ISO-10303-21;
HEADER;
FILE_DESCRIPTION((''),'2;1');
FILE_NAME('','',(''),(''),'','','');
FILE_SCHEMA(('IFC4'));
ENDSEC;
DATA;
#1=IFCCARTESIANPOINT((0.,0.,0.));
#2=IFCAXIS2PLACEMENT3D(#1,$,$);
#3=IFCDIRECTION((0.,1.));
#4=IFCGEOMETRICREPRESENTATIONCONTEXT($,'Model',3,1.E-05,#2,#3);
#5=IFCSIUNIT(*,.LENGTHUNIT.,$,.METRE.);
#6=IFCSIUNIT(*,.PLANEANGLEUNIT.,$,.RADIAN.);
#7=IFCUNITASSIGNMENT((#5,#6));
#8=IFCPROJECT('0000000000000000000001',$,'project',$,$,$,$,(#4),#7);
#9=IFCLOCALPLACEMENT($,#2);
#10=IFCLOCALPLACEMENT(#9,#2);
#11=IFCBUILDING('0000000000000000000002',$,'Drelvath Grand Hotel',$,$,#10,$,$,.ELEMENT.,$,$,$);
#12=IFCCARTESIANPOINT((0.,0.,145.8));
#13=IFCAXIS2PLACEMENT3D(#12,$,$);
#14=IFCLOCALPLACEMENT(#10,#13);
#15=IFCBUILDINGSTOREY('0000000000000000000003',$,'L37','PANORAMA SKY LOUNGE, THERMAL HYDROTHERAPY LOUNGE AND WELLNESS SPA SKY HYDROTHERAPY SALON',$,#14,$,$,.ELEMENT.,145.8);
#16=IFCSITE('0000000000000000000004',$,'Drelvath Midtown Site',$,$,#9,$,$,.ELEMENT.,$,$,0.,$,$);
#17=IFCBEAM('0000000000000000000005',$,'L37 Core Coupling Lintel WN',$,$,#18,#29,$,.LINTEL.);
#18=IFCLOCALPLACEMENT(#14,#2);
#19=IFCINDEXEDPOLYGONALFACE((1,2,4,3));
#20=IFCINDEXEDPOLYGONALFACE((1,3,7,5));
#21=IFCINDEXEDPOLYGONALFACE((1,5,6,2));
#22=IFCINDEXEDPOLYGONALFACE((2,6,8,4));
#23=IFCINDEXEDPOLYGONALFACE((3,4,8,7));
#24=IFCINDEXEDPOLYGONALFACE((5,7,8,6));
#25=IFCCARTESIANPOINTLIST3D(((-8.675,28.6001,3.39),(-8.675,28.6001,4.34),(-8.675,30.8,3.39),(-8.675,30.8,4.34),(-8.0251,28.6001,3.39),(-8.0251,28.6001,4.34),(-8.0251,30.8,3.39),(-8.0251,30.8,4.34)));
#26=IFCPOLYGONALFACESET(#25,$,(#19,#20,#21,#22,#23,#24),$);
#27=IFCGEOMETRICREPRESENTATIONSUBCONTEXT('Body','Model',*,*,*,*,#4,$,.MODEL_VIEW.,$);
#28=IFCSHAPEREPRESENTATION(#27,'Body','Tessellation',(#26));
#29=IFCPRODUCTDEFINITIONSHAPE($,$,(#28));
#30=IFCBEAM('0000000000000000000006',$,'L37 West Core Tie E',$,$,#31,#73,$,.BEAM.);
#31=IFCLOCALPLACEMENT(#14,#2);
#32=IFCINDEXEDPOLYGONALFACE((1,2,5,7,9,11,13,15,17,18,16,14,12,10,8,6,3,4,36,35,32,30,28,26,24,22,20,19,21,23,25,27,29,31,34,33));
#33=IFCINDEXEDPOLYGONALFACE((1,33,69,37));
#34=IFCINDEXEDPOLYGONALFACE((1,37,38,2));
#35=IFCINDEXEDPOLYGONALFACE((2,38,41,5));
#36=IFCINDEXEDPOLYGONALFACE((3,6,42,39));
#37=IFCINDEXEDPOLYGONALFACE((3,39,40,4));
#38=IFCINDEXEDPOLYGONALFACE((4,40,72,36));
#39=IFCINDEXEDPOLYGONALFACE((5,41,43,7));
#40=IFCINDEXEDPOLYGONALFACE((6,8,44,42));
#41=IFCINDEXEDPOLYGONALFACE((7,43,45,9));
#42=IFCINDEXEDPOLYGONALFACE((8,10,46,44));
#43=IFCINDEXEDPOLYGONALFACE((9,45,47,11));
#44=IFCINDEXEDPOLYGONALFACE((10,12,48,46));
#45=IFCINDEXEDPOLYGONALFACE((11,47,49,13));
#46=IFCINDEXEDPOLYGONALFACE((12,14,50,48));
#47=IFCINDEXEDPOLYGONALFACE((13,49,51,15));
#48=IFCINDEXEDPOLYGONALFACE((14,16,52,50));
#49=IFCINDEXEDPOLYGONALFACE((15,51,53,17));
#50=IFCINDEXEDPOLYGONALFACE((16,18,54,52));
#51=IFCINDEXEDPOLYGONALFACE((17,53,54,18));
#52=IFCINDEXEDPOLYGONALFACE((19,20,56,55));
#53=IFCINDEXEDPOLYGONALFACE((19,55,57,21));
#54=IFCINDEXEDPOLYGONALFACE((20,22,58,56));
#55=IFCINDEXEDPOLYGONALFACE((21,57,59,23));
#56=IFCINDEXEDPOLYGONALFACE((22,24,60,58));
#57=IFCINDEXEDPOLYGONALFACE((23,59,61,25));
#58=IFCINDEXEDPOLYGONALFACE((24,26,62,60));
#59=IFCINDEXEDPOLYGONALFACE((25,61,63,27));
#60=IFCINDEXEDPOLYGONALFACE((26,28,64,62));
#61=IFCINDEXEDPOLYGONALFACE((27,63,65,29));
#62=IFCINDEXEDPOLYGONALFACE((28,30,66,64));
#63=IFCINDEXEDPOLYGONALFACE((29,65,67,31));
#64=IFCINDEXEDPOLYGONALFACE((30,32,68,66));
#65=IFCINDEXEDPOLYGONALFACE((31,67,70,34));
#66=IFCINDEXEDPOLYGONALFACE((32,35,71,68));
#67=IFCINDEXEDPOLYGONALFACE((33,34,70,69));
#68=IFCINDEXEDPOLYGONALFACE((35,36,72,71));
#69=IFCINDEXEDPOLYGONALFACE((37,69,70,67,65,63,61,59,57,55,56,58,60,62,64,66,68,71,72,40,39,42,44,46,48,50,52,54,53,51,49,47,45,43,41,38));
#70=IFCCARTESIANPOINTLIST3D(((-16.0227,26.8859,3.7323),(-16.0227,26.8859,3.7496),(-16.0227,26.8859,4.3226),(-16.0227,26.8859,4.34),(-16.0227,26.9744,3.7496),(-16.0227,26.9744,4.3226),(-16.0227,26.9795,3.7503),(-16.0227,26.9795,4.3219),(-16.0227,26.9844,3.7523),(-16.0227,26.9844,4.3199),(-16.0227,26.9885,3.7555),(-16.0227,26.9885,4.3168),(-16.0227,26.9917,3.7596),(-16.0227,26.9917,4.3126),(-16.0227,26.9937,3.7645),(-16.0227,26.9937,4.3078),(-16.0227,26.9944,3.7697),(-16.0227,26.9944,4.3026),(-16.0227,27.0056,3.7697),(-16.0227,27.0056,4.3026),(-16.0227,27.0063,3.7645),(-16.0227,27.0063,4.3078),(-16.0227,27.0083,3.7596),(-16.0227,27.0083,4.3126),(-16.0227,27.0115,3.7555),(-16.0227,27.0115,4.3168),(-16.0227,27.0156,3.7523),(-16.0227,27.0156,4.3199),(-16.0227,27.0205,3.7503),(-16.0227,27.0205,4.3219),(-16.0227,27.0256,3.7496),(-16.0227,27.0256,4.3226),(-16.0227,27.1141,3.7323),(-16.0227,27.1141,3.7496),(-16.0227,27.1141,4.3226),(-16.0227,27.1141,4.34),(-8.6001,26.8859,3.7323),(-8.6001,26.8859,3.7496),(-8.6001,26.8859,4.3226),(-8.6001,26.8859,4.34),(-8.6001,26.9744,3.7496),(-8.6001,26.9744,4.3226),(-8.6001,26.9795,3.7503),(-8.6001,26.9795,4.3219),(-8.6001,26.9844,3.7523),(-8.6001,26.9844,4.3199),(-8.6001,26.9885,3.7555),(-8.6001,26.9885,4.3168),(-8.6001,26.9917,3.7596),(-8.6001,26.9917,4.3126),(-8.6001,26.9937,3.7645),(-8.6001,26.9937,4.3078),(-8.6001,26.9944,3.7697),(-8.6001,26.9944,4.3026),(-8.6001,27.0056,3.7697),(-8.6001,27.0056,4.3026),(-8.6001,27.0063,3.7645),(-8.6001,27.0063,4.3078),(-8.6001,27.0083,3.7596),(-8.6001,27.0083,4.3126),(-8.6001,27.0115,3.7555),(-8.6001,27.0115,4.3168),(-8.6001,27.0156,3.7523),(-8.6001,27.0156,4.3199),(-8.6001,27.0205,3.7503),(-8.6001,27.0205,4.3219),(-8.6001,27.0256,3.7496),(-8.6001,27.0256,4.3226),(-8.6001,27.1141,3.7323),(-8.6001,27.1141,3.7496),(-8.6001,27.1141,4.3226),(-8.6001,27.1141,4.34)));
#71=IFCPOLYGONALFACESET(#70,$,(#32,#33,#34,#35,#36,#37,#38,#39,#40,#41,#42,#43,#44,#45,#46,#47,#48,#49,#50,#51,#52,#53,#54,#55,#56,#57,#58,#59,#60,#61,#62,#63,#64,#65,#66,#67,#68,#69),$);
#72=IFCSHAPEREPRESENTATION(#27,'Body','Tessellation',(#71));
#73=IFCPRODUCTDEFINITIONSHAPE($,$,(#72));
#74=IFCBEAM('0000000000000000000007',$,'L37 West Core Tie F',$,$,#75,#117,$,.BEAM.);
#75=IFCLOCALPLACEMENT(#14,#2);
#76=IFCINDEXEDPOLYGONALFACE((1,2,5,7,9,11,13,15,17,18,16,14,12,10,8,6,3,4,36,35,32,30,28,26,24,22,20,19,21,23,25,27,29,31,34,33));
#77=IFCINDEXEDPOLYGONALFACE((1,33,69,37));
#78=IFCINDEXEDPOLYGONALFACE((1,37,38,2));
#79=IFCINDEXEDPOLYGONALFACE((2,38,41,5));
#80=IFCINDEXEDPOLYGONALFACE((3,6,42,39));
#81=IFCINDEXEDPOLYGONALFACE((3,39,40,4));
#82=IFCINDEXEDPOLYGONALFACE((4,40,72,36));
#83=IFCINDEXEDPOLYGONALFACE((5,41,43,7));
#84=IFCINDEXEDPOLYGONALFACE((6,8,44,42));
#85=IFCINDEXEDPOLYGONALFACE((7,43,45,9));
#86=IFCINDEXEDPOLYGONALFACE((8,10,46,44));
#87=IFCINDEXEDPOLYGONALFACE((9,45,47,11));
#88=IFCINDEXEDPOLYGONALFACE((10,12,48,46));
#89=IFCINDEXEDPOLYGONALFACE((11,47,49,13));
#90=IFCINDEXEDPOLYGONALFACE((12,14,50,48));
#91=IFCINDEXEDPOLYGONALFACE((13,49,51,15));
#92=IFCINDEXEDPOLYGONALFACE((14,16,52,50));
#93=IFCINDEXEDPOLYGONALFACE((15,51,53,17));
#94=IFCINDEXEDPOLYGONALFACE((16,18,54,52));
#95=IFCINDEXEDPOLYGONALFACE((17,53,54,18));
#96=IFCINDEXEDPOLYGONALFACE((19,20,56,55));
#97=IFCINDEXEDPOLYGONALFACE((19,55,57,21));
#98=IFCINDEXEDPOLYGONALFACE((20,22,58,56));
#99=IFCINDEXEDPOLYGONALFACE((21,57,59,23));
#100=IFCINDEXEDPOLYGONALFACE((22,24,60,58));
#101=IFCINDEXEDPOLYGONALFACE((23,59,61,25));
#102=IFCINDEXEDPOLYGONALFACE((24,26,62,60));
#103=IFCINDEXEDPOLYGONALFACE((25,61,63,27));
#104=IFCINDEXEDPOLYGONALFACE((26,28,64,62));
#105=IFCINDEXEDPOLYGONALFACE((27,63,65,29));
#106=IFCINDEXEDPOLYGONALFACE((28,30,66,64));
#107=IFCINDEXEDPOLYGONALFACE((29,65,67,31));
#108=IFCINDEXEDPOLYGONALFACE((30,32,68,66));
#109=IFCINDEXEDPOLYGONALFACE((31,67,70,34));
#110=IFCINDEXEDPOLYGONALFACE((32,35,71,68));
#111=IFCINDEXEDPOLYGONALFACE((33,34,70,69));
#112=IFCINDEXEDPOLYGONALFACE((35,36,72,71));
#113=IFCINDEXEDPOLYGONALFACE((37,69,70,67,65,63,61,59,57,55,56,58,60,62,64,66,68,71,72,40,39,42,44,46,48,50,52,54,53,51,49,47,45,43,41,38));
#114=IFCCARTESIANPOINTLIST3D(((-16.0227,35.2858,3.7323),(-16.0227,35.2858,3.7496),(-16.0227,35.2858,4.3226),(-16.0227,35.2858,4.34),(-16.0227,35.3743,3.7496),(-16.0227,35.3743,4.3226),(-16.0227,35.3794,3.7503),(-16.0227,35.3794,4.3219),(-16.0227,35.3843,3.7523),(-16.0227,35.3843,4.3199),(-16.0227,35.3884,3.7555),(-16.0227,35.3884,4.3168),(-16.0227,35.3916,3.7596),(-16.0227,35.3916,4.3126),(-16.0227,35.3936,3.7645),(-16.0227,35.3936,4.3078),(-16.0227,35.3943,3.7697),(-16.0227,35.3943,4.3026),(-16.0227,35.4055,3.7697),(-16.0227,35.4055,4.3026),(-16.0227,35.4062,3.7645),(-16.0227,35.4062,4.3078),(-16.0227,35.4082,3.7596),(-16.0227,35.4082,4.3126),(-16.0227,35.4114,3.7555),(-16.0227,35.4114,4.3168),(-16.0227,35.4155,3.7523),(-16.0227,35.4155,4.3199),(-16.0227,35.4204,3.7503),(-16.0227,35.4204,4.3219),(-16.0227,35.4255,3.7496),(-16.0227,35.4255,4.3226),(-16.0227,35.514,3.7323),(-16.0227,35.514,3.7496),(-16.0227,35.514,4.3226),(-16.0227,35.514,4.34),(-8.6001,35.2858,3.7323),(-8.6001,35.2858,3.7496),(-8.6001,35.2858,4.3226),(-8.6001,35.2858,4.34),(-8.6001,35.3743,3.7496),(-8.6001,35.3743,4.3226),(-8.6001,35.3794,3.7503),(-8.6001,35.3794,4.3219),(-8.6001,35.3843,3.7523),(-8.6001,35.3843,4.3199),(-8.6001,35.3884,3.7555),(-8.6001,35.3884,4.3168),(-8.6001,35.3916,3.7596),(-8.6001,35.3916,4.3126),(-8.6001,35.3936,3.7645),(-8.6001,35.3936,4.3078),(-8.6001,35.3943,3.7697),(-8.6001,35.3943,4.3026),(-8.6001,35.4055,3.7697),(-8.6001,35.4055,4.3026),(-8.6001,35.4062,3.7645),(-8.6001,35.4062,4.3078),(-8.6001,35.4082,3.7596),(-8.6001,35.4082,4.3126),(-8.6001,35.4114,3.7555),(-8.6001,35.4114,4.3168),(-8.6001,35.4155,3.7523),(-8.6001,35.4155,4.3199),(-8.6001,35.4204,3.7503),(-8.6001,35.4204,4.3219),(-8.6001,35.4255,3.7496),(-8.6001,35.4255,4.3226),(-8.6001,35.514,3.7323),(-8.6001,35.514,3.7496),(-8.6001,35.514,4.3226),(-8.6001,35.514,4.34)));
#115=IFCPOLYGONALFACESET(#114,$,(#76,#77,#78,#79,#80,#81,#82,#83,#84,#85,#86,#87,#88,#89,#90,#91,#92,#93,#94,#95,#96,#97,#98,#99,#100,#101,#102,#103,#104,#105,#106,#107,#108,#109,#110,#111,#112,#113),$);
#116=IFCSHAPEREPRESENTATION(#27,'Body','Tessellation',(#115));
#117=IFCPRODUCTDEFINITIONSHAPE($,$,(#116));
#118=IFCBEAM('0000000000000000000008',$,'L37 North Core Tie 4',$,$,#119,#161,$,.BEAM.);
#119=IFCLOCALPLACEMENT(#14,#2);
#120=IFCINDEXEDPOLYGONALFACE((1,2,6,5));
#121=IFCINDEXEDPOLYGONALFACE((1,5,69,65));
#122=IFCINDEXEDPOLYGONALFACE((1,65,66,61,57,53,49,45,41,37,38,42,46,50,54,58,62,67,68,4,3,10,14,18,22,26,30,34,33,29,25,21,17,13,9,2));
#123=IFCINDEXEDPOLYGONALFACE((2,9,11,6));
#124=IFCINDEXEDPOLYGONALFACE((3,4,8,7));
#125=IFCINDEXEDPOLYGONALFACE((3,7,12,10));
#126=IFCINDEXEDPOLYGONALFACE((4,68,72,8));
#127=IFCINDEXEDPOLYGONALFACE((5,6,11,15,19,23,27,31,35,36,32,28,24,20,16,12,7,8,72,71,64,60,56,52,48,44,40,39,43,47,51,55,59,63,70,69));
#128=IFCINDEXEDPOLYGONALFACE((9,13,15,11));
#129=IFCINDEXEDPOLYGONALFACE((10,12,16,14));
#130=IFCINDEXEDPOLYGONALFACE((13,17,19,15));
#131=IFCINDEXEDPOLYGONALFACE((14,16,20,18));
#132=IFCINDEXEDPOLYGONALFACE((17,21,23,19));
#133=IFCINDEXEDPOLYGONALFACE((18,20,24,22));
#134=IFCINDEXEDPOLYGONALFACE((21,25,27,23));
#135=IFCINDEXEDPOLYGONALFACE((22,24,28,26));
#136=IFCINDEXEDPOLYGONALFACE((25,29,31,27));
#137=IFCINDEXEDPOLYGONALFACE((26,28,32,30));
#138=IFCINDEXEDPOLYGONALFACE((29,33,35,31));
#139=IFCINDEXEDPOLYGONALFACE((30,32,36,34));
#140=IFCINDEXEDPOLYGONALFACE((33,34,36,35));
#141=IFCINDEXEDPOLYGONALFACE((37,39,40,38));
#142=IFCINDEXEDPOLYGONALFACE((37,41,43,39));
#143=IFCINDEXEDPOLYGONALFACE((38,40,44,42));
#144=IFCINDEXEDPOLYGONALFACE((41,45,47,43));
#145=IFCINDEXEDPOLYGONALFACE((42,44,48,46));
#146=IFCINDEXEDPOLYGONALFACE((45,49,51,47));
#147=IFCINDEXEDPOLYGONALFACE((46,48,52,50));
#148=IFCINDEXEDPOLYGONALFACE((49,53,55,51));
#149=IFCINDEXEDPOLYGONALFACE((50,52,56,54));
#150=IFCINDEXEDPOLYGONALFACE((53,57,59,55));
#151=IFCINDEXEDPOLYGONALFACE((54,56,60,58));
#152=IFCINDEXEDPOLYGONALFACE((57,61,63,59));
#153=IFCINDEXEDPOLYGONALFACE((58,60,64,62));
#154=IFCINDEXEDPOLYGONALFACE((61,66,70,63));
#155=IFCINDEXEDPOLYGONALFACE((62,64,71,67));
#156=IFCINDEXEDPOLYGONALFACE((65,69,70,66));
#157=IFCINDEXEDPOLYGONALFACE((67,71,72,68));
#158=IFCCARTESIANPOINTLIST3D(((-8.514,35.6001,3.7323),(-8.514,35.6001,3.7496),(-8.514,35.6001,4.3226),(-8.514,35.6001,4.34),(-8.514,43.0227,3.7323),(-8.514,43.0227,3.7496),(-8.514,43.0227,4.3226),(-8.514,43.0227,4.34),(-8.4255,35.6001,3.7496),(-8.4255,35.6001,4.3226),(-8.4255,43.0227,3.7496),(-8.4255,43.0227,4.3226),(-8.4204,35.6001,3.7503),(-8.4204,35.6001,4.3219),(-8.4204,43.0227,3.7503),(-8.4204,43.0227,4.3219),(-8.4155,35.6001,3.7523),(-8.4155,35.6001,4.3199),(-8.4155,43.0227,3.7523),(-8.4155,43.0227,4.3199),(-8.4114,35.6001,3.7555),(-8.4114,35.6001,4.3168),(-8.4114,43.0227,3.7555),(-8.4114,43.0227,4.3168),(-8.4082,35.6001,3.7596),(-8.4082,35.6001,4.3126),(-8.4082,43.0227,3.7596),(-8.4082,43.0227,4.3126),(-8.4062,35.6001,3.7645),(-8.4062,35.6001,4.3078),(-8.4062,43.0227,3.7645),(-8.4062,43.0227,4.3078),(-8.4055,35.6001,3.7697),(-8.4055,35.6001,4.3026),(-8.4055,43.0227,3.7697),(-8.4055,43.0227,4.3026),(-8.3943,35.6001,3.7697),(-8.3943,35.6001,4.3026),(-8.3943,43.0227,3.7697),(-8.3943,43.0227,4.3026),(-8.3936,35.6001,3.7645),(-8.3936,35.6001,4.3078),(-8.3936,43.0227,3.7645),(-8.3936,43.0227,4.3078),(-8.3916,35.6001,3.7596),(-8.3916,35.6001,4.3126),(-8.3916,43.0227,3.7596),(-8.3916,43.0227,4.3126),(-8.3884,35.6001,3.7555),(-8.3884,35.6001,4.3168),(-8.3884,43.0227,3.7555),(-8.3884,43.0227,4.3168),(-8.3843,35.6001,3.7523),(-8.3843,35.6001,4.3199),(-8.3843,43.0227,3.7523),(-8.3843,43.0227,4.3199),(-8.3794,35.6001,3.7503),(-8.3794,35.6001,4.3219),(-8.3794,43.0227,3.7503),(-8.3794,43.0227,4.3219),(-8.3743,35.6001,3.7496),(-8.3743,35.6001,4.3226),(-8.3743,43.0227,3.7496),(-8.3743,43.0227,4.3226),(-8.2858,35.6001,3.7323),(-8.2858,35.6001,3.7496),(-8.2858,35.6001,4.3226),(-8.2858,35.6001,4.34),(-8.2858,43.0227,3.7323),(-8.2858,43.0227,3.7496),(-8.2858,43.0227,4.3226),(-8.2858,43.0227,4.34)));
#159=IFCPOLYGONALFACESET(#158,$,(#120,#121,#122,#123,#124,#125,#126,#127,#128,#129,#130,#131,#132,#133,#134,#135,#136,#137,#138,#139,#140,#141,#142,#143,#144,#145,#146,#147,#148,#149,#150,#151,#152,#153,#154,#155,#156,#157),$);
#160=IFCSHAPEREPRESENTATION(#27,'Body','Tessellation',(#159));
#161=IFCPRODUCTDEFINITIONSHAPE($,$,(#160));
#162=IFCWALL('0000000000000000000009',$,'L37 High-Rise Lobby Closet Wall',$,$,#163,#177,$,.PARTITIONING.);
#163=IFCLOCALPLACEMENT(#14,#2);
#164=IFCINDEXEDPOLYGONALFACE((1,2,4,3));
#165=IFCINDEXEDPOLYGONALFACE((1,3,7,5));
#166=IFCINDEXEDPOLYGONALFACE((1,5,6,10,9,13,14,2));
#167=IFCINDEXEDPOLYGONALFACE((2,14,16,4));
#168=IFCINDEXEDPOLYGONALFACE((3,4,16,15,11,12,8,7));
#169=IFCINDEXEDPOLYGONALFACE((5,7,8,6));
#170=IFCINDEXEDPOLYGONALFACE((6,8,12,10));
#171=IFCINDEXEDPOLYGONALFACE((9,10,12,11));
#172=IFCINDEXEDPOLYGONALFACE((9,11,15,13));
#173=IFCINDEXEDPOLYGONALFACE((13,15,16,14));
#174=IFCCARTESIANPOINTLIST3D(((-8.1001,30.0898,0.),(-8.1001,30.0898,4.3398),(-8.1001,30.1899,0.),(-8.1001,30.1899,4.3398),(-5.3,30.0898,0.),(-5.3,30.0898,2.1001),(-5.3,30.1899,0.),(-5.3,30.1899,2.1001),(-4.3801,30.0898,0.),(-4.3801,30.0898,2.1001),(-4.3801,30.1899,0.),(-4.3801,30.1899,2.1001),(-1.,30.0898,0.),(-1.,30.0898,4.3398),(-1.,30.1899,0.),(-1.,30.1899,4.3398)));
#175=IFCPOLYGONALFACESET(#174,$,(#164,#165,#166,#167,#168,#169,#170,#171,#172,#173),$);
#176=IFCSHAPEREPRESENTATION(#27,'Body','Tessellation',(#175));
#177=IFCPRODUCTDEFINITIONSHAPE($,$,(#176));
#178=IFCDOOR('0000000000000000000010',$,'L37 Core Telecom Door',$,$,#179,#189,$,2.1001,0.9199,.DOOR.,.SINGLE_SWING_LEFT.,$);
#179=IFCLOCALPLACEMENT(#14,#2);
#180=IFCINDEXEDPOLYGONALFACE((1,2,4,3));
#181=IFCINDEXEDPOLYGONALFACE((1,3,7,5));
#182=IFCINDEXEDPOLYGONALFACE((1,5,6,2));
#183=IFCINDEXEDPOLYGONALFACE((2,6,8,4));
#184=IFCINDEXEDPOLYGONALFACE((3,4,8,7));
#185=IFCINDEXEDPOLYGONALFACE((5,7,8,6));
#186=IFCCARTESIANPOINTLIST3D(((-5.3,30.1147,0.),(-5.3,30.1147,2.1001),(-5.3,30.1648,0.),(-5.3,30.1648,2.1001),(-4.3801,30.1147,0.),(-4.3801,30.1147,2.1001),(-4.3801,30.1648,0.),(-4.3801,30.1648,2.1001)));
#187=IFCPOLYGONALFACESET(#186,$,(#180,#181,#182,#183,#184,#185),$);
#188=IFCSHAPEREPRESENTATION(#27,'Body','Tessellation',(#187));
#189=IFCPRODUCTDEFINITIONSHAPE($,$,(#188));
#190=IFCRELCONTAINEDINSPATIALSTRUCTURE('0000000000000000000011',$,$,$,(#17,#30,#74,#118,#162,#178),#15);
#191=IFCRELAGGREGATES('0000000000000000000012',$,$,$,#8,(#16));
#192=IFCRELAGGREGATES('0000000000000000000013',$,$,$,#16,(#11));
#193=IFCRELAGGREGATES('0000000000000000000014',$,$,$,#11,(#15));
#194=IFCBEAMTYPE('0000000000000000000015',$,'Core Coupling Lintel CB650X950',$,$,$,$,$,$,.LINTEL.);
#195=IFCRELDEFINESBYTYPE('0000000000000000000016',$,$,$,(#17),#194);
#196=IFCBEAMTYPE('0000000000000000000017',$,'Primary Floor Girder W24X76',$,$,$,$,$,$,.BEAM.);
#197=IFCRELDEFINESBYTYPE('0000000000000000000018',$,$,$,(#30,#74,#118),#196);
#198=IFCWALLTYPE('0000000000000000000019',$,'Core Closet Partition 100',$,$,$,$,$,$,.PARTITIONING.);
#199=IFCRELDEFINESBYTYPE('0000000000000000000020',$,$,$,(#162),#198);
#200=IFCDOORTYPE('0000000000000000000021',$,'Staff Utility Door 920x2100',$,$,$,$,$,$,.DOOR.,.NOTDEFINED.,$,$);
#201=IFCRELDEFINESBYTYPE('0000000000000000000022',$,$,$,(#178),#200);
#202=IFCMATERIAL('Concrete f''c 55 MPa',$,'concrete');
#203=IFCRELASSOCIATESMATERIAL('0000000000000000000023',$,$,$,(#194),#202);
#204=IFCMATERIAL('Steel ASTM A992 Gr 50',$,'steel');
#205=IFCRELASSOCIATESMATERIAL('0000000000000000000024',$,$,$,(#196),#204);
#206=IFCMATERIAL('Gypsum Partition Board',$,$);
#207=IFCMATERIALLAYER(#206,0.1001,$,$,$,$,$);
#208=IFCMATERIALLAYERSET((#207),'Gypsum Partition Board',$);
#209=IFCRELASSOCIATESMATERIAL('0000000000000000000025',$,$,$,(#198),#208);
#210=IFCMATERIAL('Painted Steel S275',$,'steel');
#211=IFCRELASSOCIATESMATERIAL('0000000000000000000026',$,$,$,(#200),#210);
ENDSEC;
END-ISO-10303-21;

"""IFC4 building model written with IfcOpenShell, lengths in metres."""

from ifc_helpers import new_model, si_unit, direction, frame, frame_2d, origin, origin_2d, place, context, subcontext, project, spatial, rectangle, i_section, extrude, material, layer, layer_set, material_profile, profile_set, type_object, element, fill, save


model = new_model("IFC4")

# Units and contexts
model_context = context("Model", 3, precision=1e-05, world=origin(), true_north=direction((0.0, 1.0)))
body_context = subcontext(model_context, "Body", "Model", "MODEL_VIEW")
ifc_project = project(units=[si_unit("LENGTHUNIT", "METRE"), si_unit("PLANEANGLEUNIT", "RADIAN")], contexts=[model_context])

# Site, building, storey
site_placement = place(None, origin())
site = spatial("IfcSite", under=ifc_project, at=site_placement, Name="Drelvath Midtown Site", CompositionType="ELEMENT", RefElevation=0.0)
building_placement = place(site_placement, origin())
building = spatial("IfcBuilding", under=site, at=building_placement, Name="Drelvath Grand Hotel", CompositionType="ELEMENT")
storey_placement = place(building_placement, frame((0.0, 0.0, 145.8)))
storey = spatial("IfcBuildingStorey", under=building, at=storey_placement, Name="L37", Description="PANORAMA SKY LOUNGE, THERMAL HYDROTHERAPY LOUNGE AND WELLNESS SPA SKY HYDROTHERAPY SALON", CompositionType="ELEMENT", Elevation=145.8)

# Beams
ifc_material_1 = material(Name="Concrete f'c 55 MPa", Category="concrete")
ifc_material_profile_1 = material_profile(ifc_material_1, rectangle(XDim=0.6499, YDim=0.95, at=origin_2d()), Name="CB650X950")
ifc_profile_set_1 = profile_set([ifc_material_profile_1], Name="Concrete f'c 55 MPa")
beam_type_1 = type_object("IfcBeamType", Name="Core Coupling Lintel CB650X950", PredefinedType="LINTEL", material=ifc_profile_set_1)
beam_placement = place(storey_placement, frame((-8.3501, 28.6001, 3.865), z_axis=(0.0, 1.0, 0.0), x_axis=(-1.0, 0.0, 0.0)))
element("IfcBeam", 1, at=beam_placement, inside=storey, type_object=beam_type_1, Name="L37 Core Coupling Lintel WN", PredefinedType="LINTEL", context=body_context, shape_type="SweptSolid", body=[
    extrude(rectangle(XDim=0.6499, YDim=0.95, at=origin_2d()), origin(), (0.0, 0.0, 1.0), 2.2),
])
ifc_material_2 = material(Name="Steel ASTM A992 Gr 50", Category="steel")
ifc_material_profile_2 = material_profile(ifc_material_2, i_section(OverallWidth=0.2283, OverallDepth=0.6077, WebThickness=0.0112, FlangeThickness=0.0173, FilletRadius=0.02, at=origin_2d()), Name="W24X76")
ifc_profile_set_2 = profile_set([ifc_material_profile_2], Name="Steel ASTM A992 Gr 50")
beam_type_2 = type_object("IfcBeamType", Name="Primary Floor Girder W24X76", PredefinedType="BEAM", material=ifc_profile_set_2)
for number, where, z_axis, x_axis, name in (
    (2, (-16.0227, 27.0, 4.0361), (1.0, 0.0, 0.0), (0.0, 1.0, 0.0), "L37 West Core Tie E"),
    (3, (-16.0227, 35.3999, 4.0361), (1.0, 0.0, 0.0), (0.0, 1.0, 0.0), "L37 West Core Tie F"),
    (4, (-8.3999, 35.6001, 4.0361), (0.0, 1.0, 0.0), (-1.0, 0.0, 0.0), "L37 North Core Tie 4"),
):
    element("IfcBeam", number, at=place(storey_placement, frame(where, z_axis=z_axis, x_axis=x_axis)), inside=storey, type_object=beam_type_2, Name=name, PredefinedType="BEAM", context=body_context, shape_type="SweptSolid", body=[
        extrude(i_section(OverallWidth=0.2283, OverallDepth=0.6077, WebThickness=0.0112, FlangeThickness=0.0173, FilletRadius=0.02, at=origin_2d()), origin(), (0.0, 0.0, 1.0), 7.4226),
    ])

# Wall, opening, door
ifc_material_3 = material(Name="Gypsum Partition Board")
ifc_layer_1 = layer(ifc_material_3, 0.1001)
ifc_layer_set_1 = layer_set([ifc_layer_1], Name="Gypsum Partition Board")
wall_type_1 = type_object("IfcWallType", Name="Core Closet Partition 100", PredefinedType="PARTITIONING", material=ifc_layer_set_1)
wall_1_placement = place(storey_placement, frame((-8.1001, 30.1399, 0.0), z_axis=(0.0, 0.0, 1.0), x_axis=(1.0, 0.0, 0.0)))
wall_1 = element("IfcWall", 5, at=wall_1_placement, inside=storey, type_object=wall_type_1, Name="L37 High-Rise Lobby Closet Wall", PredefinedType="PARTITIONING", context=body_context, shape_type="SweptSolid", body=[
    extrude(rectangle(XDim=7.1001, YDim=0.1001, at=frame_2d((3.55, 0.0))), origin(), (0.0, 0.0, 1.0), 4.3398),
])
opening_1_placement = place(wall_1_placement, frame((2.8, 0.0, 0.0)))
opening_1 = element("IfcOpeningElement", 6, at=opening_1_placement, cuts=wall_1, PredefinedType="OPENING", context=body_context, shape_type="SweptSolid", body=[
    extrude(rectangle(XDim=0.9199, YDim=2.1001, at=frame_2d((0.46, 1.05))), frame((0.0, 0.0601, 0.0), z_axis=(0.0, -1.0, 0.0), x_axis=(1.0, 0.0, 0.0)), (0.0, 0.0, 1.0), 0.1201),
])
ifc_material_4 = material(Name="Painted Steel S275", Category="steel")
door_type_1 = type_object("IfcDoorType", Name="Staff Utility Door 920x2100", OperationType="NOTDEFINED", PredefinedType="DOOR", material=ifc_material_4)
door_1_placement = place(opening_1_placement, origin())
door_1 = element("IfcDoor", 7, at=door_1_placement, inside=storey, type_object=door_type_1, Name="L37 Core Telecom Door", OperationType="SINGLE_SWING_LEFT", OverallHeight=2.1001, OverallWidth=0.9199, PredefinedType="DOOR", context=body_context, shape_type="SweptSolid", body=[
    extrude(rectangle(XDim=0.9199, YDim=2.1001, at=frame_2d((0.46, 1.05))), frame((0.0, 0.0249, 0.0), z_axis=(0.0, -1.0, 0.0), x_axis=(1.0, 0.0, 0.0)), (0.0, 0.0, 1.0), 0.05),
])
fill(opening_1, door_1)

save(model, "model.ifc")
